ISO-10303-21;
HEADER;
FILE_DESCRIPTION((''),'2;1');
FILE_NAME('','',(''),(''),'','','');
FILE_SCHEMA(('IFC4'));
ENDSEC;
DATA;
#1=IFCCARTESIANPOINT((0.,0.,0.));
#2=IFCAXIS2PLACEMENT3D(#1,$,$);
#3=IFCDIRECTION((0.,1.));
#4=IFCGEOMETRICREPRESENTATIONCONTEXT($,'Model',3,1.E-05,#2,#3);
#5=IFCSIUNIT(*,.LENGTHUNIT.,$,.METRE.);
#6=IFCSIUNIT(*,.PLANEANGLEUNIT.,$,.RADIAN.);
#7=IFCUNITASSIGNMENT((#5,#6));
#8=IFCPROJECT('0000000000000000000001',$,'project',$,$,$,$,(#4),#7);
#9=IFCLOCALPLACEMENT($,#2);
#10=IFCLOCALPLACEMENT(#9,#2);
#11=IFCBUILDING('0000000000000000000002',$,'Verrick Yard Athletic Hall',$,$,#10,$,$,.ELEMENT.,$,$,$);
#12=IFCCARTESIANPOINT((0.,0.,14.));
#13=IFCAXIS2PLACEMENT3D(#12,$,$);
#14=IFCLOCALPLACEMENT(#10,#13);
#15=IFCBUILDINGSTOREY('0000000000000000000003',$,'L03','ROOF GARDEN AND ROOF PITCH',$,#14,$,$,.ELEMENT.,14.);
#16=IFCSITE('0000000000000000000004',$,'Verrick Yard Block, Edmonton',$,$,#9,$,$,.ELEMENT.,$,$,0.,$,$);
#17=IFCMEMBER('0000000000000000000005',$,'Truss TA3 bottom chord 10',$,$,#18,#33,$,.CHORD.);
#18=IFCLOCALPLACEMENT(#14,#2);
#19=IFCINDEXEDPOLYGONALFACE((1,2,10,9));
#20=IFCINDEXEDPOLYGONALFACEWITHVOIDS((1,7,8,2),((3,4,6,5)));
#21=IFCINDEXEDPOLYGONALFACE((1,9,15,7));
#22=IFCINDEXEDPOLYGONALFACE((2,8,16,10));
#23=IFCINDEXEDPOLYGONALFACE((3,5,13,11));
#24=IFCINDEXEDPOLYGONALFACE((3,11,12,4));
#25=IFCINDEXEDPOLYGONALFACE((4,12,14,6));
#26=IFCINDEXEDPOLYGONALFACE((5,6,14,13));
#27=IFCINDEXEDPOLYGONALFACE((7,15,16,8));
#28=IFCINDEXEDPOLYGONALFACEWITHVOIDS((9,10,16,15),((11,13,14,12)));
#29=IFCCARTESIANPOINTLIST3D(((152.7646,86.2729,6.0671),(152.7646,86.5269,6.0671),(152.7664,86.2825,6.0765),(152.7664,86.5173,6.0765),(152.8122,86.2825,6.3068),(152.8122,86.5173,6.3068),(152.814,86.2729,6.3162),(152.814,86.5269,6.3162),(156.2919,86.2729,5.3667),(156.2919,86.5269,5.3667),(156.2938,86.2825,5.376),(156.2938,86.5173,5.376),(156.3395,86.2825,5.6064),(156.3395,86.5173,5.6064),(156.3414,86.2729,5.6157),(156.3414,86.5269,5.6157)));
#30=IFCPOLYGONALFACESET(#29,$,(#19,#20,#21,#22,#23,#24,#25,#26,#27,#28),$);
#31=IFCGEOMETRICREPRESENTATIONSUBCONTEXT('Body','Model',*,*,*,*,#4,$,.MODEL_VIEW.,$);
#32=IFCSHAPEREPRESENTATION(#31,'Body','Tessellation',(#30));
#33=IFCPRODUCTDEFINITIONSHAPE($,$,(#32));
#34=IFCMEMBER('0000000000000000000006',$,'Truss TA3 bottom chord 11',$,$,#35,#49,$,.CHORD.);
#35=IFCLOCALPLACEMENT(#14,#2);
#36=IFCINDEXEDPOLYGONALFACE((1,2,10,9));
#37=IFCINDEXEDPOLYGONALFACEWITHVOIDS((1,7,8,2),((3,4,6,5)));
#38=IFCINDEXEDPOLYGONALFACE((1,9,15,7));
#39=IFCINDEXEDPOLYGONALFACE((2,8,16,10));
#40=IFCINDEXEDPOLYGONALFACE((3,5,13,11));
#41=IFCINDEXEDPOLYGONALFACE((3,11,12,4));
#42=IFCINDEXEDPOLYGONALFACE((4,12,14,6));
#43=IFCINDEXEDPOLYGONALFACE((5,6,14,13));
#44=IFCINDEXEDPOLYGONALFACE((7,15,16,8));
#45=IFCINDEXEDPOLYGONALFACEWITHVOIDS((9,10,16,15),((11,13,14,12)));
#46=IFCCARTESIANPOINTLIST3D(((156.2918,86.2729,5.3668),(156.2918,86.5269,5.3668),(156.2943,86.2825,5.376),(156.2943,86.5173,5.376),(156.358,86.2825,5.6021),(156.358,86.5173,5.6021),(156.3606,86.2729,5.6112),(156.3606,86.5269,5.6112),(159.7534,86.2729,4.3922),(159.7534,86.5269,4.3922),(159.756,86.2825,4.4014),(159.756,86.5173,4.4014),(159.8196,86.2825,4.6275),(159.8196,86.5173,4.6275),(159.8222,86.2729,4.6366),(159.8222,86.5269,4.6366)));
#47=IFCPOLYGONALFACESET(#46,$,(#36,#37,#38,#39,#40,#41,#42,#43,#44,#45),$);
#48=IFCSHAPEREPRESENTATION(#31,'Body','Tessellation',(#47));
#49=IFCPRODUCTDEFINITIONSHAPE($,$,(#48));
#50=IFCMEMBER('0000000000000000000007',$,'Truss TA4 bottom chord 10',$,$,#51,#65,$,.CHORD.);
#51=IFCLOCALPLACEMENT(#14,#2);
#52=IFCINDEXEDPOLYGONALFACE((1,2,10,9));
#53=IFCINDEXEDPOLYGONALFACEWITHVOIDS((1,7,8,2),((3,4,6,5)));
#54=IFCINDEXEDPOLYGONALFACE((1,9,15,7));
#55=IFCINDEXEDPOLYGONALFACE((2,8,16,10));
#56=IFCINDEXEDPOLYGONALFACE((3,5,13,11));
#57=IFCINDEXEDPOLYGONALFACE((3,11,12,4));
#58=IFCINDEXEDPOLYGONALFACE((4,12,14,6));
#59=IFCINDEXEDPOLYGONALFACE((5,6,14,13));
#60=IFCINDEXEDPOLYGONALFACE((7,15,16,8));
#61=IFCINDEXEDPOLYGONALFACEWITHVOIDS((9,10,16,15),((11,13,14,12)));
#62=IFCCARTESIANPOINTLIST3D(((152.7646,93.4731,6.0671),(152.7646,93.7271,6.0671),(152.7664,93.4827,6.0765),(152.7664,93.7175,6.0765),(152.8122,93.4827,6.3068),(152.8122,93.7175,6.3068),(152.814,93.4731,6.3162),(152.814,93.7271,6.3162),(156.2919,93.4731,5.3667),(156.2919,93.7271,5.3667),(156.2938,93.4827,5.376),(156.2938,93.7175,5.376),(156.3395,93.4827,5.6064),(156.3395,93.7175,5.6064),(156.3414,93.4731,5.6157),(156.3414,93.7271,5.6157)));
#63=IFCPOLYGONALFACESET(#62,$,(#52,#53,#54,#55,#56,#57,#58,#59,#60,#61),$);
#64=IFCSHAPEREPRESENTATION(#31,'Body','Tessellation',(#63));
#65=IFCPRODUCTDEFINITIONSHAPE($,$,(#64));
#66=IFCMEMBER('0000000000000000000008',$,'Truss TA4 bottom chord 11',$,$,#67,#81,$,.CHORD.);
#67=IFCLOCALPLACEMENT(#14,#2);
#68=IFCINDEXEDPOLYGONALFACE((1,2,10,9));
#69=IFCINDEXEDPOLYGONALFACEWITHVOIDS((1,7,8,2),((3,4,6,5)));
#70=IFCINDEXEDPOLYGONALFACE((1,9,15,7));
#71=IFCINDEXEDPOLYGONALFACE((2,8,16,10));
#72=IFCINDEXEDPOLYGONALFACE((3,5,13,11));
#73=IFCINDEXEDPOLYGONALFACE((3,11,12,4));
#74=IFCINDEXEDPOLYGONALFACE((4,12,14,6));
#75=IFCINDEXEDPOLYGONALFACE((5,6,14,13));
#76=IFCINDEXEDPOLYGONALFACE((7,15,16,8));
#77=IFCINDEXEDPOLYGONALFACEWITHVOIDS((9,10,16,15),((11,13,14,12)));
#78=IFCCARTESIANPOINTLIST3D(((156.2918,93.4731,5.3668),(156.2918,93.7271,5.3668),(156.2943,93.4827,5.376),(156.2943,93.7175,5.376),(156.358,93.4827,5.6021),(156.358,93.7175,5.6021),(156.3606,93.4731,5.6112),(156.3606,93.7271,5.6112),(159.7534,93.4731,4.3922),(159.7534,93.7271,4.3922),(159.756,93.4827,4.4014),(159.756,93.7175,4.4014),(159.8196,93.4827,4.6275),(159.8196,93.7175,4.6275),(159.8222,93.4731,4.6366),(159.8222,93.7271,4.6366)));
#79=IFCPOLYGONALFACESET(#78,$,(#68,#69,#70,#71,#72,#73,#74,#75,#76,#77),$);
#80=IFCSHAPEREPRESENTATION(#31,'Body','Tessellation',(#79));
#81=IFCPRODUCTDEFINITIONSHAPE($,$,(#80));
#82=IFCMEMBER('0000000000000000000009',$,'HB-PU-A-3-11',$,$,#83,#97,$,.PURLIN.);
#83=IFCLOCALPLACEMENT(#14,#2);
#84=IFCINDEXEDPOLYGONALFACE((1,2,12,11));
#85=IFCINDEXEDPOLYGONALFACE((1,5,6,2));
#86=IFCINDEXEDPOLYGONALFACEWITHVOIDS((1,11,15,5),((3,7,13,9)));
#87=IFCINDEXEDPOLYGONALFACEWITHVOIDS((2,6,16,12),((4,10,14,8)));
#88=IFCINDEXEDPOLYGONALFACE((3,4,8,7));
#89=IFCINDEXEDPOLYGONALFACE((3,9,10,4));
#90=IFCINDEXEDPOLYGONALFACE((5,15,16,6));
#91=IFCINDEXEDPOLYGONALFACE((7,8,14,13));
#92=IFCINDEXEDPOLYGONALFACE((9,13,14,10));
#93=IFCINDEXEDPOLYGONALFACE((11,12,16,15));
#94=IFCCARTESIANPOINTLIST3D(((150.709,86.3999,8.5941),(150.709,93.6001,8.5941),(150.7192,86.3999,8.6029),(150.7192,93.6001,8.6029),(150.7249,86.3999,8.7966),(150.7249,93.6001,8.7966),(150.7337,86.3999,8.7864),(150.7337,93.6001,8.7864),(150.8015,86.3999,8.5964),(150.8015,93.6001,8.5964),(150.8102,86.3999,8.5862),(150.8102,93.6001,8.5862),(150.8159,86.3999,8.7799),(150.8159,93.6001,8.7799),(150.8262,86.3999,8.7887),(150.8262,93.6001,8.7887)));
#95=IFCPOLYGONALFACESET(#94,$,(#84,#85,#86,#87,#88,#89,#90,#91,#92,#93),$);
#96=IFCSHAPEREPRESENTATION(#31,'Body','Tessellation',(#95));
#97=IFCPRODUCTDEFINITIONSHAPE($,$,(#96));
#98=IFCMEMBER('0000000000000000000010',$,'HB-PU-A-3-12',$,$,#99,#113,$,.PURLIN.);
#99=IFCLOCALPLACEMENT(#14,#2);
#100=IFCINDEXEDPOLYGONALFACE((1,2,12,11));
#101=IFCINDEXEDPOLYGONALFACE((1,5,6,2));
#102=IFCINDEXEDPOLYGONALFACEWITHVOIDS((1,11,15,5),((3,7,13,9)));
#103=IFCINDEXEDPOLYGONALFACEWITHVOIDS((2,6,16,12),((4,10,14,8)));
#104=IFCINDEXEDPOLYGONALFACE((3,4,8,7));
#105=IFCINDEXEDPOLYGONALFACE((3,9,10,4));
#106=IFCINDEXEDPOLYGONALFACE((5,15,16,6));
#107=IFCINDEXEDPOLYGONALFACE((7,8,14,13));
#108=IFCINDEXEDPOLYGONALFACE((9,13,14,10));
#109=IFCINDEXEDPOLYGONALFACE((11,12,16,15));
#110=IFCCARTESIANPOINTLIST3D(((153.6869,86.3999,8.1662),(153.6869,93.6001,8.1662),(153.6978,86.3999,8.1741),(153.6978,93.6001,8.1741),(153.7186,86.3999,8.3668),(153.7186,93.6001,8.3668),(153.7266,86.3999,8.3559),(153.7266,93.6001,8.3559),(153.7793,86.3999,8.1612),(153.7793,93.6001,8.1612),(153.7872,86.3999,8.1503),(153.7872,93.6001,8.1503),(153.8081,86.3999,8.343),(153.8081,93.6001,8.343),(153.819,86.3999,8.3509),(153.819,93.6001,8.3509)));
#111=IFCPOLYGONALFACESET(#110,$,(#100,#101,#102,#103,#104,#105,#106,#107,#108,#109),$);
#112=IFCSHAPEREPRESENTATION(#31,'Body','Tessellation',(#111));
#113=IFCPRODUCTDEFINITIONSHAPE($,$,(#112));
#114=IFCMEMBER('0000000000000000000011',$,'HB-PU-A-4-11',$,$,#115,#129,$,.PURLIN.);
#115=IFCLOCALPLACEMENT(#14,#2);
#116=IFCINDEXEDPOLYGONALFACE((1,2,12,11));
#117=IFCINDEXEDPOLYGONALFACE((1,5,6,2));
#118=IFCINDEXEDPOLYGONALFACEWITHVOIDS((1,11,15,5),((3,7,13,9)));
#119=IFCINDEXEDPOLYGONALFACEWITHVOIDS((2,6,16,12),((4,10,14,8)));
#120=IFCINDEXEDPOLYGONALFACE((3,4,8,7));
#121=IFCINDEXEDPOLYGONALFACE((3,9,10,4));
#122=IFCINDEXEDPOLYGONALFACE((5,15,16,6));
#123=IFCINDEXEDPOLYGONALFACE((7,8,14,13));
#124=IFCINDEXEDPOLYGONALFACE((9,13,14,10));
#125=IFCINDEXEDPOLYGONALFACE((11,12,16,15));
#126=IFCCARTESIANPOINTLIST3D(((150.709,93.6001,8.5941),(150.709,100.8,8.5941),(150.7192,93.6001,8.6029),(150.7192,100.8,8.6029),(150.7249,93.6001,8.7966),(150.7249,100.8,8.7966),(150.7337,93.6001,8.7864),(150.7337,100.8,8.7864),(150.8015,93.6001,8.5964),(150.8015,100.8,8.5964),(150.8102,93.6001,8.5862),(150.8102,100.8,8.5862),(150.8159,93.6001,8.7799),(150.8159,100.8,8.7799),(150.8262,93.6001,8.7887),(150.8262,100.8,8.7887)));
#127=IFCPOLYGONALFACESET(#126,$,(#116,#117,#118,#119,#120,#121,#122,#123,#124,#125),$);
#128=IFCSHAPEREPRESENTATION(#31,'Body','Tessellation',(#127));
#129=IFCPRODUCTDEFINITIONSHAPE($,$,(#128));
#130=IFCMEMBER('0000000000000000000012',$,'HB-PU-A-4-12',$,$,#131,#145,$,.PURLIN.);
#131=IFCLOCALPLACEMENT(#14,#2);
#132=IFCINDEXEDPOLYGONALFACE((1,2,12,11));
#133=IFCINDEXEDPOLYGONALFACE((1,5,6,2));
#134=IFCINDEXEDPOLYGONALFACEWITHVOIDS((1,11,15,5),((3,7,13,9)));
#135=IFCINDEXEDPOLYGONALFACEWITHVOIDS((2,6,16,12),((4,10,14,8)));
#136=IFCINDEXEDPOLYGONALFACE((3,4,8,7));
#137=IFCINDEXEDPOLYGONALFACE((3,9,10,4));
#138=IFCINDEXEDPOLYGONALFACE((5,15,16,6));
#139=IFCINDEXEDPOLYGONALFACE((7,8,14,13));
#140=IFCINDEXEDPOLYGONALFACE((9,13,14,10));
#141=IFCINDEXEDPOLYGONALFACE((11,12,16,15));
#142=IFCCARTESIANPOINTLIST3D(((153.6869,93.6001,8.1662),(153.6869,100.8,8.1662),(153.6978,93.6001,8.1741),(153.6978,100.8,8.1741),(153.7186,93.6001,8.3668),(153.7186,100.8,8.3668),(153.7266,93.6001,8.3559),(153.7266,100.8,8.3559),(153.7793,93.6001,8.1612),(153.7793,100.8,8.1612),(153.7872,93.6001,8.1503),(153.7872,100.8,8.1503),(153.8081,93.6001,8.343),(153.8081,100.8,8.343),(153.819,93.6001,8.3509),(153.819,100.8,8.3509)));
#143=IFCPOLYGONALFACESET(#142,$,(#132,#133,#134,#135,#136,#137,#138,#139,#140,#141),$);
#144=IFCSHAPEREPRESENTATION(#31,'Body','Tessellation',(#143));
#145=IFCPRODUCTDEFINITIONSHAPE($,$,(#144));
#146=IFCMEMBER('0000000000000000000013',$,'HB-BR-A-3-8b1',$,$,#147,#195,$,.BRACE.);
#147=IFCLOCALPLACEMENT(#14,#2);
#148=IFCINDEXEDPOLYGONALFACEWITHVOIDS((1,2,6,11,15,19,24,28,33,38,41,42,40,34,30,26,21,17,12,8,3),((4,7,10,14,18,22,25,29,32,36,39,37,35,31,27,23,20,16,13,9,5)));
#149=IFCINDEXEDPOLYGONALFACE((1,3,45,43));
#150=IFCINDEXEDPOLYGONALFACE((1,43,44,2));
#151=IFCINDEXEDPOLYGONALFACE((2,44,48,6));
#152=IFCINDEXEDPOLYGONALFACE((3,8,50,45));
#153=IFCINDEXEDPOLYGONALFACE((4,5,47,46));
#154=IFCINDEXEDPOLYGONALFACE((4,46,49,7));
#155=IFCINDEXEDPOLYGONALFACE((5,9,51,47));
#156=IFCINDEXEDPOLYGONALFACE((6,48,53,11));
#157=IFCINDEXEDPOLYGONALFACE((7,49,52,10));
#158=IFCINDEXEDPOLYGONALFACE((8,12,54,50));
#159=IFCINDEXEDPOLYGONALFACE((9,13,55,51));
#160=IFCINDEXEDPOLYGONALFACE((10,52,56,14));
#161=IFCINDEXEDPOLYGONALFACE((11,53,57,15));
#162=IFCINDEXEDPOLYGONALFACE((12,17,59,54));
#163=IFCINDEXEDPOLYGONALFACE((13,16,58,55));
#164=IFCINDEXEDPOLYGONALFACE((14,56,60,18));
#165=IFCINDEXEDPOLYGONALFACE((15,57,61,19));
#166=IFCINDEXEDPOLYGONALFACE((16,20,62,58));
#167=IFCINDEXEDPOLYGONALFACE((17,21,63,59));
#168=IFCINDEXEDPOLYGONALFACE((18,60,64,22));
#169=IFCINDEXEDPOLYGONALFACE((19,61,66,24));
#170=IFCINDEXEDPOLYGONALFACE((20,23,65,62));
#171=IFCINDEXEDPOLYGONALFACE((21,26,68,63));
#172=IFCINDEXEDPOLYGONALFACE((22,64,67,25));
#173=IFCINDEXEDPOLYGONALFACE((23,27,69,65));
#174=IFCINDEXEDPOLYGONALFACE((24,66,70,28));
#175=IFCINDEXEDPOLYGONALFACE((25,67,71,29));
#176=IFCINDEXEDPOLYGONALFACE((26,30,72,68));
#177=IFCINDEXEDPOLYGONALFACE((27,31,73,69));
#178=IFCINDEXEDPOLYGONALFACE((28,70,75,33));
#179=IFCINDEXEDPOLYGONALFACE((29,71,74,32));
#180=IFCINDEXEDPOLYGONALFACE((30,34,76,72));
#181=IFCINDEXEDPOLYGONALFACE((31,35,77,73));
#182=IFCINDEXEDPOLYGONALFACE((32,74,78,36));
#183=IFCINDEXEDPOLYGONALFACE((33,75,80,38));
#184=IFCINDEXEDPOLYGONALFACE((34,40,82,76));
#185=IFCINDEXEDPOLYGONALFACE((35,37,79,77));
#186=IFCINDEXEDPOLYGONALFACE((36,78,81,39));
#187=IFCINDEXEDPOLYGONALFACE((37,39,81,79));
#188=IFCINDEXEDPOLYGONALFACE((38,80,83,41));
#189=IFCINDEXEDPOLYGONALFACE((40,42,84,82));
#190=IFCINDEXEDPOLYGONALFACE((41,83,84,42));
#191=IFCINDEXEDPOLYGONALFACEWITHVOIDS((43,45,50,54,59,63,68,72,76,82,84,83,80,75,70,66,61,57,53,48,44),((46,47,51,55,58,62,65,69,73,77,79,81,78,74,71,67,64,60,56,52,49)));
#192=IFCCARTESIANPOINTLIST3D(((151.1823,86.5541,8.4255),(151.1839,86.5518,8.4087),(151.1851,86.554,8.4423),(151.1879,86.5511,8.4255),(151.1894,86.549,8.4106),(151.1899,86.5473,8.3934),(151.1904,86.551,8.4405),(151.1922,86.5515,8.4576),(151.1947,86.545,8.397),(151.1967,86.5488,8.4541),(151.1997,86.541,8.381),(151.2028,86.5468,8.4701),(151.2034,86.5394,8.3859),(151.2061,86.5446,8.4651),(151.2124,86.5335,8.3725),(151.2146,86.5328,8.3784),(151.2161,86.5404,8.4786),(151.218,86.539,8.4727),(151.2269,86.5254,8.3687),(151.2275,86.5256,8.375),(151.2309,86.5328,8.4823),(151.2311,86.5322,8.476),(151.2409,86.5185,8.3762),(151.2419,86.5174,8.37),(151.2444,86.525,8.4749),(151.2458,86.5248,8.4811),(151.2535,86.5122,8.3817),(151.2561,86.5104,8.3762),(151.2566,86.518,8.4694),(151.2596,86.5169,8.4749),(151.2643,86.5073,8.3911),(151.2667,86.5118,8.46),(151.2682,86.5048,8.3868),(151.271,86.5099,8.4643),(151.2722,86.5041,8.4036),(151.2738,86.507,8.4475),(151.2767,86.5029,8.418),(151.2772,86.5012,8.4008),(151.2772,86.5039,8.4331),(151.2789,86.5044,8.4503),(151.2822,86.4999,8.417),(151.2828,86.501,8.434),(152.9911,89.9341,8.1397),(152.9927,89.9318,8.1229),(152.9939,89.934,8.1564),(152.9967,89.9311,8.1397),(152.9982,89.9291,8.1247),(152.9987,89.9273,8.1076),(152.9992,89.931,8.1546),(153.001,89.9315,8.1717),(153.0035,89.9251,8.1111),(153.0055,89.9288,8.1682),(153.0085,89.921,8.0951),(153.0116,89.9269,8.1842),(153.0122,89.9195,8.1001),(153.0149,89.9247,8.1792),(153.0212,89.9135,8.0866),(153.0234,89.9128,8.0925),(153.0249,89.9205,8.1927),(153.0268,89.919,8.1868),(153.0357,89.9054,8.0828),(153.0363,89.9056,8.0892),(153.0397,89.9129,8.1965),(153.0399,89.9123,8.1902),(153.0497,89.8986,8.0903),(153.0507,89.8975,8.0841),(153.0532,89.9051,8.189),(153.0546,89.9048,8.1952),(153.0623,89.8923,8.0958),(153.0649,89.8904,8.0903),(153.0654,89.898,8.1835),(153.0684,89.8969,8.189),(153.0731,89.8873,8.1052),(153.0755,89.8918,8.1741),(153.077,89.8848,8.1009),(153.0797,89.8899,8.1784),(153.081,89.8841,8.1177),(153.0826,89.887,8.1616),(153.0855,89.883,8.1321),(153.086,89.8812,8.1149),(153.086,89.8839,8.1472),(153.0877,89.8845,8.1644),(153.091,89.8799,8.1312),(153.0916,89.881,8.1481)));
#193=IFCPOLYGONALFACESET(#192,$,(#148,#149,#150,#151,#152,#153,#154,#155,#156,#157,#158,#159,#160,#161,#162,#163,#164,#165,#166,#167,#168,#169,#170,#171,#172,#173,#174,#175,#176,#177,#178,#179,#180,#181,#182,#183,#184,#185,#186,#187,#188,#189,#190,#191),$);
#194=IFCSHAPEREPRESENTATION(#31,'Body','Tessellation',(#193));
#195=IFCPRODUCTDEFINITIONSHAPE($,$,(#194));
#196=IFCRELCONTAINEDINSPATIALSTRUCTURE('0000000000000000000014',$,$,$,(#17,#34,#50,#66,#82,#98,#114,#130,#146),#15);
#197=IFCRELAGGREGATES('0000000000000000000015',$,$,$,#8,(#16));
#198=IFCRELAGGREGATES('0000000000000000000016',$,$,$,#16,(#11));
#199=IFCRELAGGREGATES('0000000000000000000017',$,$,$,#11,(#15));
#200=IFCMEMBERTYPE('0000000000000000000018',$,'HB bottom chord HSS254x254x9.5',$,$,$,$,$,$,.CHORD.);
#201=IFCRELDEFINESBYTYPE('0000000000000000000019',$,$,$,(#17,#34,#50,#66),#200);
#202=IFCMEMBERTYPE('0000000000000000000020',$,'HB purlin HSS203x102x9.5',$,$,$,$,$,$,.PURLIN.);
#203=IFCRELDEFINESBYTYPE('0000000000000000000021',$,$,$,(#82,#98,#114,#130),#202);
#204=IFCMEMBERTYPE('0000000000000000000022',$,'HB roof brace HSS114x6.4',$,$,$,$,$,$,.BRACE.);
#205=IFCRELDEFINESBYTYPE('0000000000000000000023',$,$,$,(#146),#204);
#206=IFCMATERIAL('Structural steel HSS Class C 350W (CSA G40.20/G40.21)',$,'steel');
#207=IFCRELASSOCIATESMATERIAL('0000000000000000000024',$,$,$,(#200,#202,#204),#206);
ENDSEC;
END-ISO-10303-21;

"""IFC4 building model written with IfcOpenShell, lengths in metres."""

from ifc_helpers import new_model, si_unit, direction, frame, origin, origin_2d, place, context, subcontext, project, spatial, hollow_rectangle, hollow_circle, extrude, material, material_profile, profile_set, type_object, element, save


model = new_model("IFC4")

# Units and contexts
model_context = context("Model", 3, precision=1e-05, world=origin(), true_north=direction((0.0, 1.0)))
body_context = subcontext(model_context, "Body", "Model", "MODEL_VIEW")
ifc_project = project(units=[si_unit("LENGTHUNIT", "METRE"), si_unit("PLANEANGLEUNIT", "RADIAN")], contexts=[model_context])

# Site, building, storey
site_placement = place(None, origin())
site = spatial("IfcSite", under=ifc_project, at=site_placement, Name="Verrick Yard Block, Edmonton", CompositionType="ELEMENT", RefElevation=0.0)
building_placement = place(site_placement, origin())
building = spatial("IfcBuilding", under=site, at=building_placement, Name="Verrick Yard Athletic Hall", CompositionType="ELEMENT")
storey_placement = place(building_placement, frame((0.0, 0.0, 14.0)))
storey = spatial("IfcBuildingStorey", under=building, at=storey_placement, Name="L03", Description="ROOF GARDEN AND ROOF PITCH", CompositionType="ELEMENT", Elevation=14.0)

# Members
ifc_material_1 = material(Name="Structural steel HSS Class C 350W (CSA G40.20/G40.21)", Category="steel")
ifc_material_profile_1 = material_profile(ifc_material_1, hollow_rectangle(XDim=0.2539, YDim=0.2539, WallThickness=0.0095, at=origin_2d()), Name="HSS254x254x9.5")
ifc_profile_set_1 = profile_set([ifc_material_profile_1], Name="Structural steel HSS Class C 350W (CSA G40.20/G40.21)")
member_type_1 = type_object("IfcMemberType", Name="HB bottom chord HSS254x254x9.5", PredefinedType="CHORD", material=ifc_profile_set_1)
for number, where, z_axis, x_axis, name in (
    (1, (152.7893, 86.3999, 6.1917), (0.980849, 0.0, -0.194771), (0.0, 1.0, 0.0), "Truss TA3 bottom chord 10"),
    (2, (156.3262, 86.3999, 5.489), (0.962577, 0.0, -0.271007), (0.0, 1.0, 0.0), "Truss TA3 bottom chord 11"),
    (3, (152.7893, 93.6001, 6.1917), (0.980849, 0.0, -0.194771), (0.0, 1.0, 0.0), "Truss TA4 bottom chord 10"),
    (4, (156.3262, 93.6001, 5.489), (0.962577, 0.0, -0.271007), (0.0, 1.0, 0.0), "Truss TA4 bottom chord 11"),
):
    element("IfcMember", number, at=place(storey_placement, frame(where, z_axis=z_axis, x_axis=x_axis)), inside=storey, type_object=member_type_1, Name=name, PredefinedType="CHORD", context=body_context, shape_type="SweptSolid", body=[
        extrude(hollow_rectangle(XDim=0.2539, YDim=0.2539, WallThickness=0.0095, at=origin_2d()), origin(), (0.0, 0.0, 1.0), 3.5962),
    ])
ifc_material_profile_2 = material_profile(ifc_material_1, hollow_rectangle(XDim=0.1016, YDim=0.2031, WallThickness=0.0095, at=origin_2d()), Name="HSS203x102x9.5")
ifc_profile_set_2 = profile_set([ifc_material_profile_2], Name="Structural steel HSS Class C 350W (CSA G40.20/G40.21)")
member_type_2 = type_object("IfcMemberType", Name="HB purlin HSS203x102x9.5", PredefinedType="PURLIN", material=ifc_profile_set_2)
for number, where, z_axis, x_axis, name in (
    (5, (150.7676, 86.3999, 8.6914), (0.0, 1.0, 0.0), (-0.996927, 0.0, 0.078332), "HB-PU-A-3-11"),
    (6, (153.7529, 86.3999, 8.2585), (0.0, 1.0, 0.0), (-0.987728, 0.0, 0.156183), "HB-PU-A-3-12"),
):
    element("IfcMember", number, at=place(storey_placement, frame(where, z_axis=z_axis, x_axis=x_axis)), inside=storey, type_object=member_type_2, Name=name, PredefinedType="PURLIN", context=body_context, shape_type="SweptSolid", body=[
        extrude(hollow_rectangle(XDim=0.1016, YDim=0.2031, WallThickness=0.0095, at=origin_2d()), origin(), (0.0, 0.0, 1.0), 7.2002),
    ])
for number, where, z_axis, x_axis, name in (
    (7, (150.7676, 93.6001, 8.6914), (0.0, 1.0, 0.0), (-0.996927, 0.0, 0.078332), "HB-PU-A-4-11"),
    (8, (153.7529, 93.6001, 8.2585), (0.0, 1.0, 0.0), (-0.987728, 0.0, 0.156183), "HB-PU-A-4-12"),
):
    element("IfcMember", number, at=place(storey_placement, frame(where, z_axis=z_axis, x_axis=x_axis)), inside=storey, type_object=member_type_2, Name=name, PredefinedType="PURLIN", context=body_context, shape_type="SweptSolid", body=[
        extrude(hollow_rectangle(XDim=0.1016, YDim=0.2031, WallThickness=0.0095, at=origin_2d()), origin(), (0.0, 0.0, 1.0), 7.2),
    ])
ifc_material_profile_3 = material_profile(ifc_material_1, hollow_circle(Radius=0.0571, WallThickness=0.0063, at=origin_2d()), Name="HSS114x6.4")
ifc_profile_set_3 = profile_set([ifc_material_profile_3], Name="Structural steel HSS Class C 350W (CSA G40.20/G40.21)")
member_type_3 = type_object("IfcMemberType", Name="HB roof brace HSS114x6.4", PredefinedType="BRACE", material=ifc_profile_set_3)
for number, where, z_axis, x_axis, name in (
    (9, (151.2327, 86.5271, 8.4255), (0.470521, 0.87925, -0.074366), (-0.881691, 0.471827, 0.0), "HB-BR-A-3-8b1"),
):
    element("IfcMember", number, at=place(storey_placement, frame(where, z_axis=z_axis, x_axis=x_axis)), inside=storey, type_object=member_type_3, Name=name, PredefinedType="BRACE", context=body_context, shape_type="SweptSolid", body=[
        extrude(hollow_circle(Radius=0.0571, WallThickness=0.0063, at=origin_2d()), origin(), (0.0, 0.0, 1.0), 3.8442),
    ])

save(model, "model.ifc")
